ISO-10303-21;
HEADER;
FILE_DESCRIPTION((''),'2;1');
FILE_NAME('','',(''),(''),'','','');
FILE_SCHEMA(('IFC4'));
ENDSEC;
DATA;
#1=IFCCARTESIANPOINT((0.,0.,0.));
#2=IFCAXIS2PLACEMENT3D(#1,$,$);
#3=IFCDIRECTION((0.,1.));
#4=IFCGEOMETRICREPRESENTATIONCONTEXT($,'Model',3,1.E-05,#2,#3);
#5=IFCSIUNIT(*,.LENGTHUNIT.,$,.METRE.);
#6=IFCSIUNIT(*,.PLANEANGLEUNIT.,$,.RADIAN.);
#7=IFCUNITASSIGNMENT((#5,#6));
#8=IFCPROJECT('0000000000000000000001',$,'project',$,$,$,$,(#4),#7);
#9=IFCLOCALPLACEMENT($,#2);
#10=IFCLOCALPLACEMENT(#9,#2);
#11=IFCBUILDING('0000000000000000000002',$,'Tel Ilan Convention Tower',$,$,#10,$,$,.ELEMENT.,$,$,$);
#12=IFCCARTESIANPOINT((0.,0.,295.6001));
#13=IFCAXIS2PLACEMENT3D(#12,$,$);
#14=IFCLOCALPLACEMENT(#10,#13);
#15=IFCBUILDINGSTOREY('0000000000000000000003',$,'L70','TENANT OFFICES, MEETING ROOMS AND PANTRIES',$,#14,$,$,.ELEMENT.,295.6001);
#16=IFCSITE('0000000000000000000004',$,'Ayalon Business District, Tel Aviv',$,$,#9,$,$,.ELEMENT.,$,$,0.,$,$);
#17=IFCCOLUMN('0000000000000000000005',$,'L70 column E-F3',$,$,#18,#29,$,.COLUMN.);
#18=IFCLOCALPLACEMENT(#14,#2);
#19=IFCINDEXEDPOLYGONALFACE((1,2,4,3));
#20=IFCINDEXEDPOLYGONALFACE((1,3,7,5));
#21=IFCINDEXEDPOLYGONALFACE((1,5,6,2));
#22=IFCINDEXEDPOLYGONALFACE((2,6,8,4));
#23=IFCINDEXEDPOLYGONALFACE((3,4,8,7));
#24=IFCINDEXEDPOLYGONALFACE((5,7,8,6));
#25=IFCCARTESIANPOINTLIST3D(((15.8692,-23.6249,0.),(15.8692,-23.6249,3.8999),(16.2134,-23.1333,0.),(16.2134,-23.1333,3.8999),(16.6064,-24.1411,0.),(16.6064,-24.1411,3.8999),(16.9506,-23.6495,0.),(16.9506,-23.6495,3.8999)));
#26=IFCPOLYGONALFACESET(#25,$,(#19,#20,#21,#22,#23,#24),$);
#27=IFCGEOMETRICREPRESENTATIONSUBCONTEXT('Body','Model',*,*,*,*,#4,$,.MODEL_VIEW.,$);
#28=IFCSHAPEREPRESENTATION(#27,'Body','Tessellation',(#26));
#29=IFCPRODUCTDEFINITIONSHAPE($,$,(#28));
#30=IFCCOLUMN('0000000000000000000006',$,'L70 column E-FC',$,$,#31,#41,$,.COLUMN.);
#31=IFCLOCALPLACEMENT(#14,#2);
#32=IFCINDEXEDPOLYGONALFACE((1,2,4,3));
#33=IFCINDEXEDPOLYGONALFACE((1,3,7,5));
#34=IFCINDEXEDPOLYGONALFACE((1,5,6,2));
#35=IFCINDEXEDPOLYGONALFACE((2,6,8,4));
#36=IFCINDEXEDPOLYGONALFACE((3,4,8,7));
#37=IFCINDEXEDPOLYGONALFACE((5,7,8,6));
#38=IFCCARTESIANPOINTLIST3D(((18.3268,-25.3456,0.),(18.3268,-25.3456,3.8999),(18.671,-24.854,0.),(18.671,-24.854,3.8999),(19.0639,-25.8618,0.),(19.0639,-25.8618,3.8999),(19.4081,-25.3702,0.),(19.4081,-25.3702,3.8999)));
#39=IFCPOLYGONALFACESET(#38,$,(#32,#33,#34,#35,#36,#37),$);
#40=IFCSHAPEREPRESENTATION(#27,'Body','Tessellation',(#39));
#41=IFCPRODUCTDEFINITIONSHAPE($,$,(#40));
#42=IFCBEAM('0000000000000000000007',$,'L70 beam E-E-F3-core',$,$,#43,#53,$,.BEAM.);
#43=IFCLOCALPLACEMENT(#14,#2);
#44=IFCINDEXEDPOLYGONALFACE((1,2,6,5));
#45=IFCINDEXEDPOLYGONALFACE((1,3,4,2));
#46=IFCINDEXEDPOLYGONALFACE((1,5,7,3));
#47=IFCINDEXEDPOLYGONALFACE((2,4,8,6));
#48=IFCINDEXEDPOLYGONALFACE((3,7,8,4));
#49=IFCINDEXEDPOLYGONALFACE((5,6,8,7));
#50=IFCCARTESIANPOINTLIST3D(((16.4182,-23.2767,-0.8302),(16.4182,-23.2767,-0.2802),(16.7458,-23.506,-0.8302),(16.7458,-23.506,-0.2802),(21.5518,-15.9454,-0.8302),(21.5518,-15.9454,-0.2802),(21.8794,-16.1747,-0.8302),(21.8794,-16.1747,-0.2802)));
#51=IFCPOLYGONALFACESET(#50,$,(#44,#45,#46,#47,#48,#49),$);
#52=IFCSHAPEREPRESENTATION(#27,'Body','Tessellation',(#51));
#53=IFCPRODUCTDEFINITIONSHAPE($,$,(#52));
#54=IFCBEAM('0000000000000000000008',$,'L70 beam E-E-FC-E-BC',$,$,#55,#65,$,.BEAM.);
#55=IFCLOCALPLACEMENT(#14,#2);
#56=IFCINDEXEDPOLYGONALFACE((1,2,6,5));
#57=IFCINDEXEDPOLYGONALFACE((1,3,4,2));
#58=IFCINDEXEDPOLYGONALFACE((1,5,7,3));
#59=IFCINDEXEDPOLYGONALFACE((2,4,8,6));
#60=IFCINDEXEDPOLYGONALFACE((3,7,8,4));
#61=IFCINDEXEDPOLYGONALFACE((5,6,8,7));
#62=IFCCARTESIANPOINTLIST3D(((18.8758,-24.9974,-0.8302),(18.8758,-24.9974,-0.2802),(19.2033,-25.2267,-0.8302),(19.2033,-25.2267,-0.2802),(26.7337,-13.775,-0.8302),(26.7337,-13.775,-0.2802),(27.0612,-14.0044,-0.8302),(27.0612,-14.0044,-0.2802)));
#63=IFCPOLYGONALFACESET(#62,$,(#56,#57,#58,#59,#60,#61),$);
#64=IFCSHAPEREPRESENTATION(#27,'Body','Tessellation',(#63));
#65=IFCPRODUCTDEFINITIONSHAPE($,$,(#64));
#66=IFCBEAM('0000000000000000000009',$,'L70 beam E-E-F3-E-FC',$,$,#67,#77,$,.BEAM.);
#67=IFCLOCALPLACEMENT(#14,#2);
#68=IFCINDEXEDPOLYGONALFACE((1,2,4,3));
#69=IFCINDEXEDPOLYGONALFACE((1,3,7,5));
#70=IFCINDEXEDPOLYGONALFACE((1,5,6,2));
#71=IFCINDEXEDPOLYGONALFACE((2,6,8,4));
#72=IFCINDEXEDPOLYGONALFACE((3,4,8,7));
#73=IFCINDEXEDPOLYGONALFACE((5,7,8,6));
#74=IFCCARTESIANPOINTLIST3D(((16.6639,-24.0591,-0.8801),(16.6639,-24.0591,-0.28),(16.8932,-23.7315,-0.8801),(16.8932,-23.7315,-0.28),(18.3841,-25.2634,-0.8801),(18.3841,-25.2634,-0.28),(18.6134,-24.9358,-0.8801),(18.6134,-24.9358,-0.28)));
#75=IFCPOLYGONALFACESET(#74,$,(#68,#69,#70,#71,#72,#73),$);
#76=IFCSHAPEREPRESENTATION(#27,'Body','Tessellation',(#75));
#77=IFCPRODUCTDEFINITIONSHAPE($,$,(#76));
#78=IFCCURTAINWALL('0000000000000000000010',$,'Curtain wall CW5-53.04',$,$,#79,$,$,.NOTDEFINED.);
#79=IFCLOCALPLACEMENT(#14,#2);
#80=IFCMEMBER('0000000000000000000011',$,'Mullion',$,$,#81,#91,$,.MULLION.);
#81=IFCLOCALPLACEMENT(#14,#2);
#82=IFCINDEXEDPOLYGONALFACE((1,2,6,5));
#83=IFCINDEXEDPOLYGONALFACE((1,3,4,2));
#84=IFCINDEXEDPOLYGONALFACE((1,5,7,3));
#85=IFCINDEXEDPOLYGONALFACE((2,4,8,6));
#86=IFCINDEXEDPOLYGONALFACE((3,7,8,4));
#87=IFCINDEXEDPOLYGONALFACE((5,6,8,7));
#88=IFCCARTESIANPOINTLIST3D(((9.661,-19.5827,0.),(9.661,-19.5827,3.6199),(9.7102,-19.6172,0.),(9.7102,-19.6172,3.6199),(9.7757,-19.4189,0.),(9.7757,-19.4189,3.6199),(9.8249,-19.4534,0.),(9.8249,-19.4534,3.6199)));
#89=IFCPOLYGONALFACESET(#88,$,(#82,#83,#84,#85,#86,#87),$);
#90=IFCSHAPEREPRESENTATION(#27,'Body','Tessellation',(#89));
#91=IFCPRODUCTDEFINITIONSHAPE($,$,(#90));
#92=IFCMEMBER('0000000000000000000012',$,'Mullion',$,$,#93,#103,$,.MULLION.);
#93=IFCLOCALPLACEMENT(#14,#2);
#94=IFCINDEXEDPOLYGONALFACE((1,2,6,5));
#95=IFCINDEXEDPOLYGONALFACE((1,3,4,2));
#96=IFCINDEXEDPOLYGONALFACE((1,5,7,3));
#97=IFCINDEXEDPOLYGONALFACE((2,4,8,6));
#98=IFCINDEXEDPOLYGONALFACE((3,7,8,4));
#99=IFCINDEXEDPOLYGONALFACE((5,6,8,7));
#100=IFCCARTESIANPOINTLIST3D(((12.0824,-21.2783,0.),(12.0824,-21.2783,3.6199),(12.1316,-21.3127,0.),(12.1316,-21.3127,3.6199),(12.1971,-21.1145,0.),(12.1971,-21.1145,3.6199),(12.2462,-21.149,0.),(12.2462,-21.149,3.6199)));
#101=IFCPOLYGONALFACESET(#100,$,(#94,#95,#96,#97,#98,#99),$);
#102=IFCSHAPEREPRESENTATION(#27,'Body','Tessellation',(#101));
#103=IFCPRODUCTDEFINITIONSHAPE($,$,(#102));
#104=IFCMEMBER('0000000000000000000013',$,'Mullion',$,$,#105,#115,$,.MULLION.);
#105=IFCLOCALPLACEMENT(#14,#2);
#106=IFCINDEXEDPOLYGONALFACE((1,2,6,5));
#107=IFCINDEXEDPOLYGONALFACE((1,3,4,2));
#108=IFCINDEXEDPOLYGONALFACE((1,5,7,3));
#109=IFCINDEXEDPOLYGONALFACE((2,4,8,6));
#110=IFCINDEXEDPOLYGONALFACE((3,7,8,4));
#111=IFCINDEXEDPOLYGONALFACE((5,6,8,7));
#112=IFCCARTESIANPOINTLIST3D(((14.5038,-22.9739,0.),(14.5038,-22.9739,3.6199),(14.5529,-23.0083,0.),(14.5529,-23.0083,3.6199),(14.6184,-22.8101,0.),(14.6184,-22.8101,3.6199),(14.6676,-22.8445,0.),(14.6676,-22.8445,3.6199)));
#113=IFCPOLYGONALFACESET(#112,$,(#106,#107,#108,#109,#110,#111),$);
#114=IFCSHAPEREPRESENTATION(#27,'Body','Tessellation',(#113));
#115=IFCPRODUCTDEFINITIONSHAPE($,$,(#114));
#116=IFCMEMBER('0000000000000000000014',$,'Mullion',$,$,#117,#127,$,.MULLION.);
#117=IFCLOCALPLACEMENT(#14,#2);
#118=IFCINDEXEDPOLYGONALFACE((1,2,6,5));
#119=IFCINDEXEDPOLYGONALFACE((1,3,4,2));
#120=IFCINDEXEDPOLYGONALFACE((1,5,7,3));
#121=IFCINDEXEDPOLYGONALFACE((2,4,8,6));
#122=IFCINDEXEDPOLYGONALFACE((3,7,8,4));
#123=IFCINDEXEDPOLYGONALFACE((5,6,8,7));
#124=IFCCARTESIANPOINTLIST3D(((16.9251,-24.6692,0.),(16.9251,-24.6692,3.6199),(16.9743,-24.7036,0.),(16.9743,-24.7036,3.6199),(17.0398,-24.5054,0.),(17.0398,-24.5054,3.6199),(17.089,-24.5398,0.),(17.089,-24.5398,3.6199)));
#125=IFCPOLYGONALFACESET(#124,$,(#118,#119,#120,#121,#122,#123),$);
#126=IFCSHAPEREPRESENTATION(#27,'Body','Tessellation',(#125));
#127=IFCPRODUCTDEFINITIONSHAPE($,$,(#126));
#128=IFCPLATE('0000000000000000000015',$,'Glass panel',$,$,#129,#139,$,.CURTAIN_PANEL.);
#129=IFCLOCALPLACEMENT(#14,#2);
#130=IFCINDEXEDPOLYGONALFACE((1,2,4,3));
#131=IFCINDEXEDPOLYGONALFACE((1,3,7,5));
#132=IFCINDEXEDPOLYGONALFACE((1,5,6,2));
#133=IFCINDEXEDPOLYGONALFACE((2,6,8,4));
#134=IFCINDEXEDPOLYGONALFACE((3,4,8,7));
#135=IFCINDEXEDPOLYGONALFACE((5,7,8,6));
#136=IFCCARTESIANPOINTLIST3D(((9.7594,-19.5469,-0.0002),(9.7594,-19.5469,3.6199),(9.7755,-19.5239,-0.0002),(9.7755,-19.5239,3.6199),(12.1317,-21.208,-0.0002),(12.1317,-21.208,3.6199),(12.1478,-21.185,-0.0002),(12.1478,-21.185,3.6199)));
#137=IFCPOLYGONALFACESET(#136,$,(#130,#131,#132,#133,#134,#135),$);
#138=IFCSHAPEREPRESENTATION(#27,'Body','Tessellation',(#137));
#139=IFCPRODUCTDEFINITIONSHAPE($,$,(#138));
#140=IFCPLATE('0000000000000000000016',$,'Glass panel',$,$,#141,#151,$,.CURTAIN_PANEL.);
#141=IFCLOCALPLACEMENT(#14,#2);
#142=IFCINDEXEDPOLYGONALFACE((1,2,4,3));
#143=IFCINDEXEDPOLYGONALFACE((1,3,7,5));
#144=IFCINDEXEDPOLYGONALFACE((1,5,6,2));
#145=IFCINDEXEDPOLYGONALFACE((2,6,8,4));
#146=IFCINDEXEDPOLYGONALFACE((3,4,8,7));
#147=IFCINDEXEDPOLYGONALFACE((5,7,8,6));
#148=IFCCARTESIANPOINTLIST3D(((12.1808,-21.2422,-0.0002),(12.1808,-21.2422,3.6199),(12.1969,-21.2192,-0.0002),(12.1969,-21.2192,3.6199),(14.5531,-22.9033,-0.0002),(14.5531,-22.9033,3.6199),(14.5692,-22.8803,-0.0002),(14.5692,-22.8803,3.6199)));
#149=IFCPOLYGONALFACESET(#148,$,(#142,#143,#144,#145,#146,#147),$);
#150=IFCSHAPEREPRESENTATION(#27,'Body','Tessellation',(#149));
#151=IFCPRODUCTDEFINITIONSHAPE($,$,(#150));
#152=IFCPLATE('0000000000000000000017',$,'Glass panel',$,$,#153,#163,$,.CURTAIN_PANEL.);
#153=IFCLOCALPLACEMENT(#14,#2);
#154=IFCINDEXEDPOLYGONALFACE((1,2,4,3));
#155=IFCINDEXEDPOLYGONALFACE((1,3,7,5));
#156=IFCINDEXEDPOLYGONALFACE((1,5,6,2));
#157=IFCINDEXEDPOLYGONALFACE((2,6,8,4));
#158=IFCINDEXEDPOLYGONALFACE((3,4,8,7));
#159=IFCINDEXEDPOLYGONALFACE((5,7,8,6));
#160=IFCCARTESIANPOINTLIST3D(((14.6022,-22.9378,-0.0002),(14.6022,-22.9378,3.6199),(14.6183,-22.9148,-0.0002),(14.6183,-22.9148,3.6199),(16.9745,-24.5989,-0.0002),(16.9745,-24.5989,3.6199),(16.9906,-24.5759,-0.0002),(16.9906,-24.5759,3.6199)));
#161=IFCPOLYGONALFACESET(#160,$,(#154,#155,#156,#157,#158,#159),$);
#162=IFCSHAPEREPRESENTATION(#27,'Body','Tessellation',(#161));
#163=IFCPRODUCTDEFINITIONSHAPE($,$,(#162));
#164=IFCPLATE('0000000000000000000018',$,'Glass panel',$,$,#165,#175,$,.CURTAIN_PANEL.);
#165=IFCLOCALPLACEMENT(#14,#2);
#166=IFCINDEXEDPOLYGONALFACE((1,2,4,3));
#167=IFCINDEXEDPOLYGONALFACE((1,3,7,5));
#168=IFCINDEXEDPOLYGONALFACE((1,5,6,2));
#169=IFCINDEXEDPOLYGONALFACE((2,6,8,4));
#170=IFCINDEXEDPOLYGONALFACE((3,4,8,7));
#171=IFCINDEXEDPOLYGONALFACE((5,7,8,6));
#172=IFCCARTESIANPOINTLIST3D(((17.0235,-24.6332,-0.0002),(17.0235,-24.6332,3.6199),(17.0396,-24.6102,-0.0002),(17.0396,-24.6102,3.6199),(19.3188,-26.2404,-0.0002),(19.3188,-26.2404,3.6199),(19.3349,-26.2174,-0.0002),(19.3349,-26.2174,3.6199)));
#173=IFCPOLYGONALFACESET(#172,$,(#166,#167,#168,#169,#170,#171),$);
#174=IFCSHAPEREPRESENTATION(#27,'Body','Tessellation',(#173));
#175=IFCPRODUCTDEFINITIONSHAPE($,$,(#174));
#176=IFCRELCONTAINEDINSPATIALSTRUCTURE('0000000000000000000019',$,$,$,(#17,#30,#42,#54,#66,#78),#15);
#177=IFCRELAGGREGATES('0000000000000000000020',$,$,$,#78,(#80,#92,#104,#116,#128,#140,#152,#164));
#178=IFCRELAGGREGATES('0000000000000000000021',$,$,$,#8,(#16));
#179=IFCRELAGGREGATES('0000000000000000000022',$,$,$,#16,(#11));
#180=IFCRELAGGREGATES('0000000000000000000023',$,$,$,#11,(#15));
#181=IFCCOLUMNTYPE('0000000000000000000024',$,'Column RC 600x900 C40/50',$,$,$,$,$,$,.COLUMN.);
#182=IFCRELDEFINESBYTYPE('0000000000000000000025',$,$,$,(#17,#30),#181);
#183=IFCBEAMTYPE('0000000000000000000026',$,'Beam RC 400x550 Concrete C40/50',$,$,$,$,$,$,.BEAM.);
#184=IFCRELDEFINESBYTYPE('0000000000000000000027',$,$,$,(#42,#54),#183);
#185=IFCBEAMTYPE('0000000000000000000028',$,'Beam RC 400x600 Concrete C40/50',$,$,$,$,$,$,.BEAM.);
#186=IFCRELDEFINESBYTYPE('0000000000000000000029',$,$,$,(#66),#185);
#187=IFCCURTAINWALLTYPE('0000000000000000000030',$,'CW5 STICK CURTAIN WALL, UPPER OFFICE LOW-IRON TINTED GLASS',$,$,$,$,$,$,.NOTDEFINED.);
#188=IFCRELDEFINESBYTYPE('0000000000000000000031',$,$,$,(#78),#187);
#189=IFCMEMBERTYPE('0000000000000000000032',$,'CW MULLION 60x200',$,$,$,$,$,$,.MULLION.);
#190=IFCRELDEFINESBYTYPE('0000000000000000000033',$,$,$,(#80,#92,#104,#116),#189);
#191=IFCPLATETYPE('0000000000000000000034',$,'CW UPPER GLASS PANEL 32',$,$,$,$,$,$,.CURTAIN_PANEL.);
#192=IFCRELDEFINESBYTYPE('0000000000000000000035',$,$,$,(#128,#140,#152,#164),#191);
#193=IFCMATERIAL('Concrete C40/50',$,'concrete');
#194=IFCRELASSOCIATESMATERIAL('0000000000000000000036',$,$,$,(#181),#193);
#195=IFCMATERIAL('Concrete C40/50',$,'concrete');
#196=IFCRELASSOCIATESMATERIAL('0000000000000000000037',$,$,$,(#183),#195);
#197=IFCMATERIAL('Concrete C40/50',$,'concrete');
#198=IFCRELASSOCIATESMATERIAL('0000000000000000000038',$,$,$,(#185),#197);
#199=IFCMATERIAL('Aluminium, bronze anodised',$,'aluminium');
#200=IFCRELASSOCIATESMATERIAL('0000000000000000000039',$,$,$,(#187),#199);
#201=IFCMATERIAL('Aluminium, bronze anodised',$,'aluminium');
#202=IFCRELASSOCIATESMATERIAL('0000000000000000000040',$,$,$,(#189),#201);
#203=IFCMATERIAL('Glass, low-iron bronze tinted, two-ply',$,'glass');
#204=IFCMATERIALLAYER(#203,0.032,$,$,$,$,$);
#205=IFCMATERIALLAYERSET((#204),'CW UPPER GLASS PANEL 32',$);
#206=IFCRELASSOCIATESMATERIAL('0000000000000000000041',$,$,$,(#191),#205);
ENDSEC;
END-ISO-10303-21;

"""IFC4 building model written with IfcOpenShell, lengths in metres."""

from ifc_helpers import new_model, si_unit, direction, frame, origin, origin_2d, place, context, subcontext, project, spatial, rectangle, extrude, material, layer, layer_set, material_profile, profile_set, type_object, element, aggregate, save


model = new_model("IFC4")

# Units and contexts
model_context = context("Model", 3, precision=1e-05, world=origin(), true_north=direction((0.0, 1.0)))
body_context = subcontext(model_context, "Body", "Model", "MODEL_VIEW")
ifc_project = project(units=[si_unit("LENGTHUNIT", "METRE"), si_unit("PLANEANGLEUNIT", "RADIAN")], contexts=[model_context])

# Site, building, storey
site_placement = place(None, origin())
site = spatial("IfcSite", under=ifc_project, at=site_placement, Name="Ayalon Business District, Tel Aviv", CompositionType="ELEMENT", RefElevation=0.0)
building_placement = place(site_placement, origin())
building = spatial("IfcBuilding", under=site, at=building_placement, Name="Tel Ilan Convention Tower", CompositionType="ELEMENT")
storey_placement = place(building_placement, frame((0.0, 0.0, 295.6001)))
storey = spatial("IfcBuildingStorey", under=building, at=storey_placement, Name="L70", Description="TENANT OFFICES, MEETING ROOMS AND PANTRIES", CompositionType="ELEMENT", Elevation=295.6001)

# Columns
ifc_material_1 = material(Name="Concrete C40/50", Category="concrete")
ifc_material_profile_1 = material_profile(ifc_material_1, rectangle(XDim=0.8999, YDim=0.6001, at=origin_2d()), Name="RC 600x900")
ifc_profile_set_1 = profile_set([ifc_material_profile_1], Name="Concrete C40/50")
column_type = type_object("IfcColumnType", Name="Column RC 600x900 C40/50", PredefinedType="COLUMN", material=ifc_profile_set_1)
for number, where, z_axis, x_axis, name in (
    (1, (16.4099, -23.6372, 0.0), (0.0, 0.0, 1.0), (0.819152, -0.573576, 0.0), "L70 column E-F3"),
    (2, (18.8674, -25.3579, 0.0), (0.0, 0.0, 1.0), (0.819152, -0.573576, 0.0), "L70 column E-FC"),
):
    element("IfcColumn", number, at=place(storey_placement, frame(where, z_axis=z_axis, x_axis=x_axis)), inside=storey, type_object=column_type, Name=name, PredefinedType="COLUMN", context=body_context, shape_type="SweptSolid", body=[
        extrude(rectangle(XDim=0.8999, YDim=0.6001, at=origin_2d()), origin(), (0.0, 0.0, 1.0), 3.8999),
    ])

# Beams
ifc_material_2 = material(Name="Concrete C40/50", Category="concrete")
ifc_material_profile_2 = material_profile(ifc_material_2, rectangle(XDim=0.3999, YDim=0.55, at=origin_2d()), Name="RC 400x550")
ifc_profile_set_2 = profile_set([ifc_material_profile_2], Name="Concrete C40/50")
beam_type_1 = type_object("IfcBeamType", Name="Beam RC 400x550 Concrete C40/50", PredefinedType="BEAM", material=ifc_profile_set_2)
beam_1_placement = place(storey_placement, frame((16.582, -23.3914, -0.5552), z_axis=(0.573585, 0.819146, 0.0), x_axis=(-0.819146, 0.573585, 0.0)))
element("IfcBeam", 3, at=beam_1_placement, inside=storey, type_object=beam_type_1, Name="L70 beam E-E-F3-core", PredefinedType="BEAM", context=body_context, shape_type="SweptSolid", body=[
    extrude(rectangle(XDim=0.3999, YDim=0.55, at=origin_2d()), origin(), (0.0, 0.0, 1.0), 8.95),
])
beam_2_placement = place(storey_placement, frame((19.0396, -25.1121, -0.5552), z_axis=(0.573571, 0.819156, 0.0), x_axis=(-0.819156, 0.573571, 0.0)))
element("IfcBeam", 4, at=beam_2_placement, inside=storey, type_object=beam_type_1, Name="L70 beam E-E-FC-E-BC", PredefinedType="BEAM", context=body_context, shape_type="SweptSolid", body=[
    extrude(rectangle(XDim=0.3999, YDim=0.55, at=origin_2d()), origin(), (0.0, 0.0, 1.0), 13.7),
])
ifc_material_3 = material(Name="Concrete C40/50", Category="concrete")
ifc_material_profile_3 = material_profile(ifc_material_3, rectangle(XDim=0.3999, YDim=0.6001, at=origin_2d()), Name="RC 400x600")
ifc_profile_set_3 = profile_set([ifc_material_profile_3], Name="Concrete C40/50")
beam_type_2 = type_object("IfcBeamType", Name="Beam RC 400x600 Concrete C40/50", PredefinedType="BEAM", material=ifc_profile_set_3)
beam_3_placement = place(storey_placement, frame((16.7786, -23.8953, -0.5801), z_axis=(0.819188, -0.573525, 0.0), x_axis=(0.573525, 0.819188, 0.0)))
element("IfcBeam", 5, at=beam_3_placement, inside=storey, type_object=beam_type_2, Name="L70 beam E-E-F3-E-FC", PredefinedType="BEAM", context=body_context, shape_type="SweptSolid", body=[
    extrude(rectangle(XDim=0.3999, YDim=0.6001, at=origin_2d()), origin(), (0.0, 0.0, 1.0), 2.0999),
])

# Curtain wall, members, plates
ifc_material_4 = material(Name="Aluminium, bronze anodised", Category="aluminium")
curtain_wall_type = type_object("IfcCurtainWallType", Name="CW5 STICK CURTAIN WALL, UPPER OFFICE LOW-IRON TINTED GLASS", PredefinedType="NOTDEFINED", material=ifc_material_4)
curtain_wall_placement = place(storey_placement, origin())
curtain_wall = element("IfcCurtainWall", 6, at=curtain_wall_placement, inside=storey, type_object=curtain_wall_type, Name="Curtain wall CW5-53.04", PredefinedType="NOTDEFINED")
ifc_material_5 = material(Name="Aluminium, bronze anodised", Category="aluminium")
ifc_material_profile_4 = material_profile(ifc_material_5, rectangle(XDim=0.0601, YDim=0.2, at=origin_2d()), Name="CW MULLION 60x200")
ifc_profile_set_4 = profile_set([ifc_material_profile_4], Name="Aluminium, bronze anodised")
member_type = type_object("IfcMemberType", Name="CW MULLION 60x200", PredefinedType="MULLION", material=ifc_profile_set_4)
member_1_placement = place(storey_placement, frame((9.7429, -19.5181, 0.0), z_axis=(0.0, 0.0, 1.0), x_axis=(0.819152, -0.573576, 0.0)))
member_1 = element("IfcMember", 7, at=member_1_placement, type_object=member_type, Name="Mullion", PredefinedType="MULLION", context=body_context, shape_type="SweptSolid", body=[
    extrude(rectangle(XDim=0.0601, YDim=0.2, at=origin_2d()), origin(), (0.0, 0.0, 1.0), 3.6199),
])
member_2_placement = place(storey_placement, frame((12.1643, -21.2136, 0.0), z_axis=(0.0, 0.0, 1.0), x_axis=(0.819152, -0.573576, 0.0)))
member_2 = element("IfcMember", 8, at=member_2_placement, type_object=member_type, Name="Mullion", PredefinedType="MULLION", context=body_context, shape_type="SweptSolid", body=[
    extrude(rectangle(XDim=0.0601, YDim=0.2, at=origin_2d()), origin(), (0.0, 0.0, 1.0), 3.6199),
])
member_3_placement = place(storey_placement, frame((14.5857, -22.9092, 0.0), z_axis=(0.0, 0.0, 1.0), x_axis=(0.819152, -0.573576, 0.0)))
member_3 = element("IfcMember", 9, at=member_3_placement, type_object=member_type, Name="Mullion", PredefinedType="MULLION", context=body_context, shape_type="SweptSolid", body=[
    extrude(rectangle(XDim=0.0601, YDim=0.2, at=origin_2d()), origin(), (0.0, 0.0, 1.0), 3.6199),
])
member_4_placement = place(storey_placement, frame((17.0071, -24.6045, 0.0), z_axis=(0.0, 0.0, 1.0), x_axis=(0.819152, -0.573576, 0.0)))
member_4 = element("IfcMember", 10, at=member_4_placement, type_object=member_type, Name="Mullion", PredefinedType="MULLION", context=body_context, shape_type="SweptSolid", body=[
    extrude(rectangle(XDim=0.0601, YDim=0.2, at=origin_2d()), origin(), (0.0, 0.0, 1.0), 3.6199),
])
ifc_material_6 = material(Name="Glass, low-iron bronze tinted, two-ply", Category="glass")
ifc_layer_1 = layer(ifc_material_6, 0.032)
ifc_layer_set_1 = layer_set([ifc_layer_1], Name="CW UPPER GLASS PANEL 32")
plate_type = type_object("IfcPlateType", Name="CW UPPER GLASS PANEL 32", PredefinedType="CURTAIN_PANEL", material=ifc_layer_set_1)
plate_1_placement = place(storey_placement, frame((10.9536, -20.366, -0.0002), z_axis=(0.0, 0.0, 1.0), x_axis=(0.819152, -0.573576, 0.0)))
plate_1 = element("IfcPlate", 11, at=plate_1_placement, type_object=plate_type, Name="Glass panel", PredefinedType="CURTAIN_PANEL", context=body_context, shape_type="SweptSolid", body=[
    extrude(rectangle(XDim=2.896, YDim=0.0281, at=origin_2d()), origin(), (0.0, 0.0, 1.0), 3.6201),
])
plate_2_placement = place(storey_placement, frame((13.375, -22.0613, -0.0002), z_axis=(0.0, 0.0, 1.0), x_axis=(0.819152, -0.573576, 0.0)))
plate_2 = element("IfcPlate", 12, at=plate_2_placement, type_object=plate_type, Name="Glass panel", PredefinedType="CURTAIN_PANEL", context=body_context, shape_type="SweptSolid", body=[
    extrude(rectangle(XDim=2.896, YDim=0.0281, at=origin_2d()), origin(), (0.0, 0.0, 1.0), 3.6201),
])
plate_3_placement = place(storey_placement, frame((15.7964, -23.7568, -0.0002), z_axis=(0.0, 0.0, 1.0), x_axis=(0.819152, -0.573576, 0.0)))
plate_3 = element("IfcPlate", 13, at=plate_3_placement, type_object=plate_type, Name="Glass panel", PredefinedType="CURTAIN_PANEL", context=body_context, shape_type="SweptSolid", body=[
    extrude(rectangle(XDim=2.896, YDim=0.0281, at=origin_2d()), origin(), (0.0, 0.0, 1.0), 3.6201),
])
plate_4_placement = place(storey_placement, frame((18.1792, -25.4253, -0.0002), z_axis=(0.0, 0.0, 1.0), x_axis=(0.819152, -0.573576, 0.0)))
plate_4 = element("IfcPlate", 14, at=plate_4_placement, type_object=plate_type, Name="Glass panel", PredefinedType="CURTAIN_PANEL", context=body_context, shape_type="SweptSolid", body=[
    extrude(rectangle(XDim=2.802, YDim=0.0281, at=origin_2d()), origin(), (0.0, 0.0, 1.0), 3.6201),
])
aggregate(curtain_wall, [member_1, member_2, member_3, member_4, plate_1, plate_2, plate_3, plate_4])

save(model, "model.ifc")
